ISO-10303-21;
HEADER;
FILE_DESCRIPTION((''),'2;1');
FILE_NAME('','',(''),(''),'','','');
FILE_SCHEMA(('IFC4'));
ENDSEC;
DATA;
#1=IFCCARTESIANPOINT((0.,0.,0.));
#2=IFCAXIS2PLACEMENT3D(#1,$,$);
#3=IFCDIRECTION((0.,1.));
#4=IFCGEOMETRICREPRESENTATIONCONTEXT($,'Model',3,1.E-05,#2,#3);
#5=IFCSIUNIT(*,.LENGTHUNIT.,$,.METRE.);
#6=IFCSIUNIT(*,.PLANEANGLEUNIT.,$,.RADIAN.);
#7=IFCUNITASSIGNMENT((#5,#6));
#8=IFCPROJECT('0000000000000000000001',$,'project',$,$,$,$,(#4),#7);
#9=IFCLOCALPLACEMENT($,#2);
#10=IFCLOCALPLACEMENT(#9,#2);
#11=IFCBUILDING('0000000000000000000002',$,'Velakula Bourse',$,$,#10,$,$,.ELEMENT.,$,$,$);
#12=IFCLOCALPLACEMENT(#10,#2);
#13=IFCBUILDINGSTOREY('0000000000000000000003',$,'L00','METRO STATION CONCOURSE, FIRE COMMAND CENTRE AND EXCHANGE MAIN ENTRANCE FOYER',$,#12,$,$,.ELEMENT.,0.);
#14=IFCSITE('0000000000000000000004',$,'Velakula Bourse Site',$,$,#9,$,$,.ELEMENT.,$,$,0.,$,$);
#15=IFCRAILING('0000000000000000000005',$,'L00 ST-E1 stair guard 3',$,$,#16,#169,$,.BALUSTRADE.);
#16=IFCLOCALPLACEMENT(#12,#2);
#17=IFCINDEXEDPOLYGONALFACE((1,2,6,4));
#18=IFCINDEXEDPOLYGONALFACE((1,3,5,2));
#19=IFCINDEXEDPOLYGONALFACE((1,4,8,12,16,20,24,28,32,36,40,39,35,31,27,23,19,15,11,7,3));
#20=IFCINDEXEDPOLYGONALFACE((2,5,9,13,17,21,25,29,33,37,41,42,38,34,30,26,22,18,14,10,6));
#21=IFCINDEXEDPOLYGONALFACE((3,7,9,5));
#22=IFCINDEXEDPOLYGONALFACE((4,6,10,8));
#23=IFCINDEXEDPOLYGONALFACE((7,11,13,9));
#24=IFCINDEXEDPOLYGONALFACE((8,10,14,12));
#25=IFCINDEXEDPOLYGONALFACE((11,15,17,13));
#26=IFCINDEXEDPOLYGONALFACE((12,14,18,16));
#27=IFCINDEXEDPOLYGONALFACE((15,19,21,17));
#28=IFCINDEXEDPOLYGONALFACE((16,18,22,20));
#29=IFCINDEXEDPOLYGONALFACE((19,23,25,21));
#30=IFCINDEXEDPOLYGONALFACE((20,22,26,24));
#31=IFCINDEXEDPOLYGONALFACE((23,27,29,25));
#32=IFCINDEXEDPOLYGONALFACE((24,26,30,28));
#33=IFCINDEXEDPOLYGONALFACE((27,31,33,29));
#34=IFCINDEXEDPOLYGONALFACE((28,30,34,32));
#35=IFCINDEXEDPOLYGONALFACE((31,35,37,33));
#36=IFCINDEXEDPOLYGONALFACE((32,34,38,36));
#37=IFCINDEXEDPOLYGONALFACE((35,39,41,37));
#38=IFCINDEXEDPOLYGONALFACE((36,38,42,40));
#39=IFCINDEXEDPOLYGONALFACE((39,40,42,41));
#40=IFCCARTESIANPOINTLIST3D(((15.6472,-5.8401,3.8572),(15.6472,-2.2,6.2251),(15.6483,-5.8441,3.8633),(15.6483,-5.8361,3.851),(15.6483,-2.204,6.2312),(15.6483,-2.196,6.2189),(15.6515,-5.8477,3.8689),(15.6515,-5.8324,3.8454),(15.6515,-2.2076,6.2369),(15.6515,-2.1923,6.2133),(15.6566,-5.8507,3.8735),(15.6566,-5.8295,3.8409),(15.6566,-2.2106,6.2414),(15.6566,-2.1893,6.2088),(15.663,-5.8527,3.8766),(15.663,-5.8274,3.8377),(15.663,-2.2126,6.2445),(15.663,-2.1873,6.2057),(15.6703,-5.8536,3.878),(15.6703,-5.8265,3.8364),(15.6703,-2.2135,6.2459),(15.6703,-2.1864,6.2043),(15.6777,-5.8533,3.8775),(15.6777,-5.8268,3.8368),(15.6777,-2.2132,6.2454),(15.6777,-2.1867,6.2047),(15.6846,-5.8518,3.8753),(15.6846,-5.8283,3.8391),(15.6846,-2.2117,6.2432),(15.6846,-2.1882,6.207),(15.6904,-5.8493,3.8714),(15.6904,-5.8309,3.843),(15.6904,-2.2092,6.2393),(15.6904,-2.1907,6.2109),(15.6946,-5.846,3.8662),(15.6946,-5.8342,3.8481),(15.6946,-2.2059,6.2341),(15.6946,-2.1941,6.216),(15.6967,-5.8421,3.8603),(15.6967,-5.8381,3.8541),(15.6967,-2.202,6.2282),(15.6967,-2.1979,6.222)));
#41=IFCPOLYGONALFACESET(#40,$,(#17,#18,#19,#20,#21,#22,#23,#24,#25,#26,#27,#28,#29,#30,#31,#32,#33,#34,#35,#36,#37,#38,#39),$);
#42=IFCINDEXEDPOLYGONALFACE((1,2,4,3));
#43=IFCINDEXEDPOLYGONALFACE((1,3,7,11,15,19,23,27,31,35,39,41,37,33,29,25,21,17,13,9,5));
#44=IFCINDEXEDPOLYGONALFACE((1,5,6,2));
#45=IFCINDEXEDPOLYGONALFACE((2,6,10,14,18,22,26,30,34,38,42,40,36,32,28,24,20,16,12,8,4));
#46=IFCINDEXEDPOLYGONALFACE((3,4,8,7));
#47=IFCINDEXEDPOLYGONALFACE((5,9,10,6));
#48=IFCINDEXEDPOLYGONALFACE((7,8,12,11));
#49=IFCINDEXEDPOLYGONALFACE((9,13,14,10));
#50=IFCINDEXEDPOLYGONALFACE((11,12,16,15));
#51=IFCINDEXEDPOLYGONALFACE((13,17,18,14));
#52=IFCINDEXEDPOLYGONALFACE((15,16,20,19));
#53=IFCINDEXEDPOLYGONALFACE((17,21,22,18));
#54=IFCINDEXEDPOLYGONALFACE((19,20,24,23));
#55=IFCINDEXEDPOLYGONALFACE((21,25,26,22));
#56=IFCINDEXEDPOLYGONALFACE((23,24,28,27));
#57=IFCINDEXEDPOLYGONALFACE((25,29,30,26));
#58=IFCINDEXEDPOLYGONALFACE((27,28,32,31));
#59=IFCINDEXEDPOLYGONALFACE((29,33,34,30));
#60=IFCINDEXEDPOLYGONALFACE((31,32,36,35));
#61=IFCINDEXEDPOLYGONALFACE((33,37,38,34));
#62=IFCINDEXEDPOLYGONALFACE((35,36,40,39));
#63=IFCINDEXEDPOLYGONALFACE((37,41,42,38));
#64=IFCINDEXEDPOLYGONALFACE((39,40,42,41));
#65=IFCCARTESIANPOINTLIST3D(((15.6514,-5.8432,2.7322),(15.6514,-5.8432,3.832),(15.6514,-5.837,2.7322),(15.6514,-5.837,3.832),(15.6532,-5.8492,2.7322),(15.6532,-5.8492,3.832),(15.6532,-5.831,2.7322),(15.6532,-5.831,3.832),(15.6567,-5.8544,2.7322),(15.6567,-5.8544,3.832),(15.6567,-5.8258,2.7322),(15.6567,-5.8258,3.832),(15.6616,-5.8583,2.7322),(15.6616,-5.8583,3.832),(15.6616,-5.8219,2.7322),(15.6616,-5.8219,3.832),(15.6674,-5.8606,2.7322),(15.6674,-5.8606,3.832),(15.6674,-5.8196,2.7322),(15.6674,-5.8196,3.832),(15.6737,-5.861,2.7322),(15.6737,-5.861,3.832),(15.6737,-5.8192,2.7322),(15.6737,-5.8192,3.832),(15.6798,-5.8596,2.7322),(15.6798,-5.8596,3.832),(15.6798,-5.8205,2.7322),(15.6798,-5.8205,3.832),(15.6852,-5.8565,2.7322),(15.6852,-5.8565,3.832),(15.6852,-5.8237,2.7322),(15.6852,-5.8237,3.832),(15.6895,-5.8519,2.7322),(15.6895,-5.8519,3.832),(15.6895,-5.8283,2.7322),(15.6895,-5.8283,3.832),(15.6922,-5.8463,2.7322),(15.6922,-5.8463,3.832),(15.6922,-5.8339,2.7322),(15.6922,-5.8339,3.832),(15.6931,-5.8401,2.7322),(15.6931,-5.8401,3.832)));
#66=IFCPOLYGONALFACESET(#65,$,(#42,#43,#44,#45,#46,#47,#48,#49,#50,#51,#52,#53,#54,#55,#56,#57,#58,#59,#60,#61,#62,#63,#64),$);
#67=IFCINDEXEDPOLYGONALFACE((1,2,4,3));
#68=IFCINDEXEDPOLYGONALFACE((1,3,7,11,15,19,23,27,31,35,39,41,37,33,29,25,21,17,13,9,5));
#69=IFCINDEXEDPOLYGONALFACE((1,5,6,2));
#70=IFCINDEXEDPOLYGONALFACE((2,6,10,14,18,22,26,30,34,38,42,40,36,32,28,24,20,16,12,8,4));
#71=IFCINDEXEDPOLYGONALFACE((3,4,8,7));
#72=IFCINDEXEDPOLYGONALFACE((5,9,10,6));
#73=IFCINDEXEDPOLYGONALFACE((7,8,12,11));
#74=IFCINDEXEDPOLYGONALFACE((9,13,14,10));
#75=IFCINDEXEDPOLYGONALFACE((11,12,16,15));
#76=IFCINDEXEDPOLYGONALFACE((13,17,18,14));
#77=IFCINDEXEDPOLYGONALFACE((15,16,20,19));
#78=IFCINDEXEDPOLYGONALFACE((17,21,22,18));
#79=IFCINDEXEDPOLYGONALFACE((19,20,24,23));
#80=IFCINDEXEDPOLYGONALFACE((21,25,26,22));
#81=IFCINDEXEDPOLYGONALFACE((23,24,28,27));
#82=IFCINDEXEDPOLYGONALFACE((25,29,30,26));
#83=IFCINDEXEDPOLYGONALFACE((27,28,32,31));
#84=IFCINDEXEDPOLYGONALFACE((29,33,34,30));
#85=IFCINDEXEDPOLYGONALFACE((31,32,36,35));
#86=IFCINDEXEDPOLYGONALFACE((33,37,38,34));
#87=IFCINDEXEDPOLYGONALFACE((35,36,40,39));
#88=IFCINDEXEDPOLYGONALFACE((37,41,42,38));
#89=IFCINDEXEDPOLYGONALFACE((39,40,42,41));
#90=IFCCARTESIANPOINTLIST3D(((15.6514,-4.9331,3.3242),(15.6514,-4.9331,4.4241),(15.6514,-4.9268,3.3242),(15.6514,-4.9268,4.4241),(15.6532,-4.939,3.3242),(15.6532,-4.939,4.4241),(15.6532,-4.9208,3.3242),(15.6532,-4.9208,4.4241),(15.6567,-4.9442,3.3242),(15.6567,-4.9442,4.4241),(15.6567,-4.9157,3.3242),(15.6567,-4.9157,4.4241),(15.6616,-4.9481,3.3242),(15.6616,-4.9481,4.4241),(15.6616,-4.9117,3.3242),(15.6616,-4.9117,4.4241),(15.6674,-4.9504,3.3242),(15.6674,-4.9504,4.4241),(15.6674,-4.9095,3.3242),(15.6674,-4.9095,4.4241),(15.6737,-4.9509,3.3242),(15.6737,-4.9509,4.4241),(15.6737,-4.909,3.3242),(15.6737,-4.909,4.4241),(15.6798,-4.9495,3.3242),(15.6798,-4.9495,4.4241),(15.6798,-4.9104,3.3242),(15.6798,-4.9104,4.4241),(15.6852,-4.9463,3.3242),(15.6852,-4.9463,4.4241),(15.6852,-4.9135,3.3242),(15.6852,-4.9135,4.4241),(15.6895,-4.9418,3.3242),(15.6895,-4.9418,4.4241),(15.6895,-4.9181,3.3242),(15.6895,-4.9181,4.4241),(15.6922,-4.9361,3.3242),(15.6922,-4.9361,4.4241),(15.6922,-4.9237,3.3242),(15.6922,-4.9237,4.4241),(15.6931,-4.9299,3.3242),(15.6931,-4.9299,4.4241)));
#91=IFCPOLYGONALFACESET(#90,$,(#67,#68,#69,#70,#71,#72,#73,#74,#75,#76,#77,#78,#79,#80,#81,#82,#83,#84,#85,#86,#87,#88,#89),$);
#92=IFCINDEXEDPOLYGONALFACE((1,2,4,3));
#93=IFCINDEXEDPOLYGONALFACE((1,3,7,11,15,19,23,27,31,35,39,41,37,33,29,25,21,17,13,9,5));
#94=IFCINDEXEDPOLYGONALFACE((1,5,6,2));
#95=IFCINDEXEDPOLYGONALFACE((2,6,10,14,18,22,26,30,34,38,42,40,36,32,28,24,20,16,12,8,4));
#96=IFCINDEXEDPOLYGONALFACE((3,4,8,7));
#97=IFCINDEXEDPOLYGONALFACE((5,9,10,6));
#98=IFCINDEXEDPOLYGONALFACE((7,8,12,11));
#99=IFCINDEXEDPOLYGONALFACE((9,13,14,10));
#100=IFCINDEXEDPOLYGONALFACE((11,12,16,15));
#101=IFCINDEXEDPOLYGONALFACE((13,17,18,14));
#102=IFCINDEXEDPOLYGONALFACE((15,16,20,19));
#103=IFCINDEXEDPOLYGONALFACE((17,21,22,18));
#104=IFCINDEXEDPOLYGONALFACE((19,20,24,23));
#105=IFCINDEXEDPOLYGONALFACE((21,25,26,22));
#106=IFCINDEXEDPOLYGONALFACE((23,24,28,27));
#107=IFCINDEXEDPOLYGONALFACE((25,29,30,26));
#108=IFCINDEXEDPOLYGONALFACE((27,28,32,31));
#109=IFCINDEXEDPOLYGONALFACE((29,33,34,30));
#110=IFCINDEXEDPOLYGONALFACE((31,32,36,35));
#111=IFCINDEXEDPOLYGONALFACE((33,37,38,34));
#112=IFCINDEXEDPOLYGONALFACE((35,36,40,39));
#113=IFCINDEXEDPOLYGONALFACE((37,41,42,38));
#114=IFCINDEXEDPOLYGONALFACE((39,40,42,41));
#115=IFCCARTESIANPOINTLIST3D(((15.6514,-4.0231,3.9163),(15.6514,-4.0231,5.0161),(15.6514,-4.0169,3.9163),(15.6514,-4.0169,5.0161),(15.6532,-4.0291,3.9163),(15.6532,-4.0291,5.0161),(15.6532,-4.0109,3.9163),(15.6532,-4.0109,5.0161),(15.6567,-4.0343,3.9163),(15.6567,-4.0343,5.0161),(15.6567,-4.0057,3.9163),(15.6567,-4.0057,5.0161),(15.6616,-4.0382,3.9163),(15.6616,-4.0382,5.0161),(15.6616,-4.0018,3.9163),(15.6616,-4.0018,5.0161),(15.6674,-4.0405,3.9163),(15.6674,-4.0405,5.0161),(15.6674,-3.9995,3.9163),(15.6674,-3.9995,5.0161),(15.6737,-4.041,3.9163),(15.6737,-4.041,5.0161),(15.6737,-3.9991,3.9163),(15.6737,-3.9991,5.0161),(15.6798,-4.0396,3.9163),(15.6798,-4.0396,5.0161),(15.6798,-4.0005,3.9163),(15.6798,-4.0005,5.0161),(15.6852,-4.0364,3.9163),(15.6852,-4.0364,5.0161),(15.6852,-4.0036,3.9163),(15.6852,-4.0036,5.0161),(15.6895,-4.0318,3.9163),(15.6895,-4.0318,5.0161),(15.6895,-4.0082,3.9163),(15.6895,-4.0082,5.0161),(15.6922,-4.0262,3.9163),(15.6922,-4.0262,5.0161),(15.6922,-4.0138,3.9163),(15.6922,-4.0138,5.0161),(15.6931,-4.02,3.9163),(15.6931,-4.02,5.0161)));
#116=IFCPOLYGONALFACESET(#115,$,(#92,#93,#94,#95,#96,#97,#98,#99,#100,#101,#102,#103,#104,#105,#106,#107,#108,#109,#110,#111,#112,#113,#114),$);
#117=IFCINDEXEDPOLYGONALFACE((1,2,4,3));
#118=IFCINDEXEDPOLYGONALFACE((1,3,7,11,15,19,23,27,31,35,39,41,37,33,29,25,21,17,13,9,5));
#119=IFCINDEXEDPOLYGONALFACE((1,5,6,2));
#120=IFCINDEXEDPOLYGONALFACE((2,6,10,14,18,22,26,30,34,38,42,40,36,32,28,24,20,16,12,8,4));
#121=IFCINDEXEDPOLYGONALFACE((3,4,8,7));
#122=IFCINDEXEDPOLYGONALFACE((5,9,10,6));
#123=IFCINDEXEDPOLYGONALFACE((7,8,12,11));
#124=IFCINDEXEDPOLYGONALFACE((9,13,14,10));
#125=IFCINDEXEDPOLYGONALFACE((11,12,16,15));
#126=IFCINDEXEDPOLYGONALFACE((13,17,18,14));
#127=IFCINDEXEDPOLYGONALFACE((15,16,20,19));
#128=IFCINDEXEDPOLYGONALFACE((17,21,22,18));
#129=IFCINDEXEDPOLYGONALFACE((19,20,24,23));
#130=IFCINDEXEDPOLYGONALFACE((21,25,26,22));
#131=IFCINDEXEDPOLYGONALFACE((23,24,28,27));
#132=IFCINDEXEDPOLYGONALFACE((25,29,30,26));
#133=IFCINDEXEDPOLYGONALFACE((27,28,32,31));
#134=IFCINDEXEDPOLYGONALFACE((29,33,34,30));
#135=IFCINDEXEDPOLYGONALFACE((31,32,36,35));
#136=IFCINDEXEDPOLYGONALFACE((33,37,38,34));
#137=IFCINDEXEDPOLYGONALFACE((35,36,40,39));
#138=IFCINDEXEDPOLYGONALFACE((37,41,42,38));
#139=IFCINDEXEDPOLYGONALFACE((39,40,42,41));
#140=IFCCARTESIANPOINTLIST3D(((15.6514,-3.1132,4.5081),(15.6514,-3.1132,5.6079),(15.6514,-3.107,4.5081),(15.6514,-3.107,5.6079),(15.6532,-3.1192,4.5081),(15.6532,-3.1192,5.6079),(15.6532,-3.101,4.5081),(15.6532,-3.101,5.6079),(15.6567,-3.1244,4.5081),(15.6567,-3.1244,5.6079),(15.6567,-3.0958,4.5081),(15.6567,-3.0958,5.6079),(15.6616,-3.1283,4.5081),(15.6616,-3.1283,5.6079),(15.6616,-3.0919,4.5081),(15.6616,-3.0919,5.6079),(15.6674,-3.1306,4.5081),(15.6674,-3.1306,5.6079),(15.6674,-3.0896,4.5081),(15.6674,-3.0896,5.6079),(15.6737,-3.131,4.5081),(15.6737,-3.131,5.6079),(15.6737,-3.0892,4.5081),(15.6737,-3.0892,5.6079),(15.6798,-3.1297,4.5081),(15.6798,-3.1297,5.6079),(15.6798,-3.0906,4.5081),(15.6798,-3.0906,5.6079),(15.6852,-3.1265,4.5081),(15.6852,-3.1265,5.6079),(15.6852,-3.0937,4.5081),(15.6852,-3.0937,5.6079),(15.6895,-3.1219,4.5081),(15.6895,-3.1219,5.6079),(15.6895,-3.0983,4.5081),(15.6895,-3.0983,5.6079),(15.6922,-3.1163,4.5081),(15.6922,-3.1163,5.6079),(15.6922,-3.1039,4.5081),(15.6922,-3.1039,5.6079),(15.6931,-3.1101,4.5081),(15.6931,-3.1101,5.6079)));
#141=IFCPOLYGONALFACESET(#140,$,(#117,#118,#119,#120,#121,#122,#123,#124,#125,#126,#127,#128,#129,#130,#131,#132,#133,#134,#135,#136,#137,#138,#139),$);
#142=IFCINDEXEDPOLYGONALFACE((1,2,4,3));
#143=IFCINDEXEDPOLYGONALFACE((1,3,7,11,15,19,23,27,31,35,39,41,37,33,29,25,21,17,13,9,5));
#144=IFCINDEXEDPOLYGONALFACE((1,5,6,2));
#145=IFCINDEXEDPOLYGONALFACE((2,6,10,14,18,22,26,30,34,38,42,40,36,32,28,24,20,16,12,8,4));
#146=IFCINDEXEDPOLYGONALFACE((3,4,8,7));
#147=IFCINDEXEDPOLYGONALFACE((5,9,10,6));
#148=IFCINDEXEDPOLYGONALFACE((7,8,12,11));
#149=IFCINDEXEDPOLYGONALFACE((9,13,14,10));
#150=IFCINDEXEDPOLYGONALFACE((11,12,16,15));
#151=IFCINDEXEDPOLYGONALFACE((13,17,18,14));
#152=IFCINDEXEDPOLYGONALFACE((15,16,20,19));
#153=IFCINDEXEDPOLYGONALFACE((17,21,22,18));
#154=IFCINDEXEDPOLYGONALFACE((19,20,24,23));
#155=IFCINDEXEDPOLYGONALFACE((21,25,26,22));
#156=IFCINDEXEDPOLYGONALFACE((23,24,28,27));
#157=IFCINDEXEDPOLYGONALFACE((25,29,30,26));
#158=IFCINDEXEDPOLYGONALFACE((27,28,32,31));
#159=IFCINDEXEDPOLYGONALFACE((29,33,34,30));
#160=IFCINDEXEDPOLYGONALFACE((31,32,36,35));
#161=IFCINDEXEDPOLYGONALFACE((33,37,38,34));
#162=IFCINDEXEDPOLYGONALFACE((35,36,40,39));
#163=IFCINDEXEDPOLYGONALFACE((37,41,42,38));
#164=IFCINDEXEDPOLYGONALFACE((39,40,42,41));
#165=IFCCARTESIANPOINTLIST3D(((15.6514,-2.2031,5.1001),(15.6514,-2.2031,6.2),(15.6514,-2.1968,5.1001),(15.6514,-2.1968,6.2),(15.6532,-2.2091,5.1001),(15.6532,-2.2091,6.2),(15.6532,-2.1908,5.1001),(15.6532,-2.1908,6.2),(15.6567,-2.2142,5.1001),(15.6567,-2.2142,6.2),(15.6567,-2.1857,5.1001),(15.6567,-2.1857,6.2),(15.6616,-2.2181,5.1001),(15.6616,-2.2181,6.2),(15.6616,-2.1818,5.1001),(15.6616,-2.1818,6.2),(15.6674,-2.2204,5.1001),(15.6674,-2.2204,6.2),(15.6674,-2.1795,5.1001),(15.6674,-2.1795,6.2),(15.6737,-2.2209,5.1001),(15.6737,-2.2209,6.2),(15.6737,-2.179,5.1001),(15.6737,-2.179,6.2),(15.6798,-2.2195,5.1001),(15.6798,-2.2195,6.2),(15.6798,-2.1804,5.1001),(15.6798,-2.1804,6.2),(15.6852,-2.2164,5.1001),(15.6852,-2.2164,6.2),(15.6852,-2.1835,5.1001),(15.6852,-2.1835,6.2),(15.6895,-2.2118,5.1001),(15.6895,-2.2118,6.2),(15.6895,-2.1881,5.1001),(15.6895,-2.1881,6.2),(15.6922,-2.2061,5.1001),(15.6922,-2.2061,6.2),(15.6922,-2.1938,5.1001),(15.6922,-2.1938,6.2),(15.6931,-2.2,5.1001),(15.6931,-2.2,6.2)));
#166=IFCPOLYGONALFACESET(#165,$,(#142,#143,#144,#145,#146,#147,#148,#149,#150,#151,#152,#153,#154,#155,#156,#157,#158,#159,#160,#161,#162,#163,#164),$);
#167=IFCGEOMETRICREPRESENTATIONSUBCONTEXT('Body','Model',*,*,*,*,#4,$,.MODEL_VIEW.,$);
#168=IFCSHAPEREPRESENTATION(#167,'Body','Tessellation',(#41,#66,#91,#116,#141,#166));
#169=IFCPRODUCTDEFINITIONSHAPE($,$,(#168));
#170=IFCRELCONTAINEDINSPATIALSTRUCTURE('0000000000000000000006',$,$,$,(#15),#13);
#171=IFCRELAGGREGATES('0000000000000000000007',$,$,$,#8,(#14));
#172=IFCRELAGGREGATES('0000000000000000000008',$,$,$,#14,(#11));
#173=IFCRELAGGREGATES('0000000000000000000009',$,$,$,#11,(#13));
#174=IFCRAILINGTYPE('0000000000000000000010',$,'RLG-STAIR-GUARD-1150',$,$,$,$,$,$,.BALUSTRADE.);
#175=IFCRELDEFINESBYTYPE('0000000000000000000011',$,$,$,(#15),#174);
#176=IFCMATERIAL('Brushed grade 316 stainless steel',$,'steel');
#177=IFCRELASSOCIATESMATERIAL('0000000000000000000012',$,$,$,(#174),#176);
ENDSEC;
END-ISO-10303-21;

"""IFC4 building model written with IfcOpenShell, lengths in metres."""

from ifc_helpers import new_model, si_unit, direction, frame, origin, origin_2d, place, context, subcontext, project, spatial, circle, extrude, material, type_object, element, save


model = new_model("IFC4")

# Units and contexts
model_context = context("Model", 3, precision=1e-05, world=origin(), true_north=direction((0.0, 1.0)))
body_context = subcontext(model_context, "Body", "Model", "MODEL_VIEW")
ifc_project = project(units=[si_unit("LENGTHUNIT", "METRE"), si_unit("PLANEANGLEUNIT", "RADIAN")], contexts=[model_context])

# Site, building, storey
site_placement = place(None, origin())
site = spatial("IfcSite", under=ifc_project, at=site_placement, Name="Velakula Bourse Site", CompositionType="ELEMENT", RefElevation=0.0)
building_placement = place(site_placement, origin())
building = spatial("IfcBuilding", under=site, at=building_placement, Name="Velakula Bourse", CompositionType="ELEMENT")
storey_placement = place(building_placement, origin())
storey = spatial("IfcBuildingStorey", under=building, at=storey_placement, Name="L00", Description="METRO STATION CONCOURSE, FIRE COMMAND CENTRE AND EXCHANGE MAIN ENTRANCE FOYER", CompositionType="ELEMENT", Elevation=0.0)

# Shared definitions
ifc_material_1 = material(Name="Brushed grade 316 stainless steel", Category="steel")

# Railing
railing_type_1 = type_object("IfcRailingType", Name="RLG-STAIR-GUARD-1150", PredefinedType="BALUSTRADE", material=ifc_material_1)
railing_1_placement = place(storey_placement, frame((15.6721, -5.8401, 2.7322)))
element("IfcRailing", 1, at=railing_1_placement, inside=storey, type_object=railing_type_1, Name="L00 ST-E1 stair guard 3", PredefinedType="BALUSTRADE", context=body_context, shape_type="SweptSolid", body=[
    extrude(circle(Radius=0.0249, at=origin_2d()), frame((0.0, 0.0, 1.125), z_axis=(0.0, 0.838251, 0.545285), x_axis=(-1.0, 0.0, 0.0)), (0.0, 0.0, 1.0), 4.3425),
    extrude(circle(Radius=0.021, at=origin_2d()), origin(), (0.0, 0.0, 1.0), 1.0999),
    extrude(circle(Radius=0.021, at=origin_2d()), frame((0.0, 0.9102, 0.592)), (0.0, 0.0, 1.0), 1.0999),
    extrude(circle(Radius=0.021, at=origin_2d()), frame((0.0, 1.8201, 1.1841)), (0.0, 0.0, 1.0), 1.0999),
    extrude(circle(Radius=0.021, at=origin_2d()), frame((0.0, 2.73, 1.7759)), (0.0, 0.0, 1.0), 1.0999),
    extrude(circle(Radius=0.021, at=origin_2d()), frame((0.0, 3.6401, 2.3679)), (0.0, 0.0, 1.0), 1.0999),
])

save(model, "model.ifc")
